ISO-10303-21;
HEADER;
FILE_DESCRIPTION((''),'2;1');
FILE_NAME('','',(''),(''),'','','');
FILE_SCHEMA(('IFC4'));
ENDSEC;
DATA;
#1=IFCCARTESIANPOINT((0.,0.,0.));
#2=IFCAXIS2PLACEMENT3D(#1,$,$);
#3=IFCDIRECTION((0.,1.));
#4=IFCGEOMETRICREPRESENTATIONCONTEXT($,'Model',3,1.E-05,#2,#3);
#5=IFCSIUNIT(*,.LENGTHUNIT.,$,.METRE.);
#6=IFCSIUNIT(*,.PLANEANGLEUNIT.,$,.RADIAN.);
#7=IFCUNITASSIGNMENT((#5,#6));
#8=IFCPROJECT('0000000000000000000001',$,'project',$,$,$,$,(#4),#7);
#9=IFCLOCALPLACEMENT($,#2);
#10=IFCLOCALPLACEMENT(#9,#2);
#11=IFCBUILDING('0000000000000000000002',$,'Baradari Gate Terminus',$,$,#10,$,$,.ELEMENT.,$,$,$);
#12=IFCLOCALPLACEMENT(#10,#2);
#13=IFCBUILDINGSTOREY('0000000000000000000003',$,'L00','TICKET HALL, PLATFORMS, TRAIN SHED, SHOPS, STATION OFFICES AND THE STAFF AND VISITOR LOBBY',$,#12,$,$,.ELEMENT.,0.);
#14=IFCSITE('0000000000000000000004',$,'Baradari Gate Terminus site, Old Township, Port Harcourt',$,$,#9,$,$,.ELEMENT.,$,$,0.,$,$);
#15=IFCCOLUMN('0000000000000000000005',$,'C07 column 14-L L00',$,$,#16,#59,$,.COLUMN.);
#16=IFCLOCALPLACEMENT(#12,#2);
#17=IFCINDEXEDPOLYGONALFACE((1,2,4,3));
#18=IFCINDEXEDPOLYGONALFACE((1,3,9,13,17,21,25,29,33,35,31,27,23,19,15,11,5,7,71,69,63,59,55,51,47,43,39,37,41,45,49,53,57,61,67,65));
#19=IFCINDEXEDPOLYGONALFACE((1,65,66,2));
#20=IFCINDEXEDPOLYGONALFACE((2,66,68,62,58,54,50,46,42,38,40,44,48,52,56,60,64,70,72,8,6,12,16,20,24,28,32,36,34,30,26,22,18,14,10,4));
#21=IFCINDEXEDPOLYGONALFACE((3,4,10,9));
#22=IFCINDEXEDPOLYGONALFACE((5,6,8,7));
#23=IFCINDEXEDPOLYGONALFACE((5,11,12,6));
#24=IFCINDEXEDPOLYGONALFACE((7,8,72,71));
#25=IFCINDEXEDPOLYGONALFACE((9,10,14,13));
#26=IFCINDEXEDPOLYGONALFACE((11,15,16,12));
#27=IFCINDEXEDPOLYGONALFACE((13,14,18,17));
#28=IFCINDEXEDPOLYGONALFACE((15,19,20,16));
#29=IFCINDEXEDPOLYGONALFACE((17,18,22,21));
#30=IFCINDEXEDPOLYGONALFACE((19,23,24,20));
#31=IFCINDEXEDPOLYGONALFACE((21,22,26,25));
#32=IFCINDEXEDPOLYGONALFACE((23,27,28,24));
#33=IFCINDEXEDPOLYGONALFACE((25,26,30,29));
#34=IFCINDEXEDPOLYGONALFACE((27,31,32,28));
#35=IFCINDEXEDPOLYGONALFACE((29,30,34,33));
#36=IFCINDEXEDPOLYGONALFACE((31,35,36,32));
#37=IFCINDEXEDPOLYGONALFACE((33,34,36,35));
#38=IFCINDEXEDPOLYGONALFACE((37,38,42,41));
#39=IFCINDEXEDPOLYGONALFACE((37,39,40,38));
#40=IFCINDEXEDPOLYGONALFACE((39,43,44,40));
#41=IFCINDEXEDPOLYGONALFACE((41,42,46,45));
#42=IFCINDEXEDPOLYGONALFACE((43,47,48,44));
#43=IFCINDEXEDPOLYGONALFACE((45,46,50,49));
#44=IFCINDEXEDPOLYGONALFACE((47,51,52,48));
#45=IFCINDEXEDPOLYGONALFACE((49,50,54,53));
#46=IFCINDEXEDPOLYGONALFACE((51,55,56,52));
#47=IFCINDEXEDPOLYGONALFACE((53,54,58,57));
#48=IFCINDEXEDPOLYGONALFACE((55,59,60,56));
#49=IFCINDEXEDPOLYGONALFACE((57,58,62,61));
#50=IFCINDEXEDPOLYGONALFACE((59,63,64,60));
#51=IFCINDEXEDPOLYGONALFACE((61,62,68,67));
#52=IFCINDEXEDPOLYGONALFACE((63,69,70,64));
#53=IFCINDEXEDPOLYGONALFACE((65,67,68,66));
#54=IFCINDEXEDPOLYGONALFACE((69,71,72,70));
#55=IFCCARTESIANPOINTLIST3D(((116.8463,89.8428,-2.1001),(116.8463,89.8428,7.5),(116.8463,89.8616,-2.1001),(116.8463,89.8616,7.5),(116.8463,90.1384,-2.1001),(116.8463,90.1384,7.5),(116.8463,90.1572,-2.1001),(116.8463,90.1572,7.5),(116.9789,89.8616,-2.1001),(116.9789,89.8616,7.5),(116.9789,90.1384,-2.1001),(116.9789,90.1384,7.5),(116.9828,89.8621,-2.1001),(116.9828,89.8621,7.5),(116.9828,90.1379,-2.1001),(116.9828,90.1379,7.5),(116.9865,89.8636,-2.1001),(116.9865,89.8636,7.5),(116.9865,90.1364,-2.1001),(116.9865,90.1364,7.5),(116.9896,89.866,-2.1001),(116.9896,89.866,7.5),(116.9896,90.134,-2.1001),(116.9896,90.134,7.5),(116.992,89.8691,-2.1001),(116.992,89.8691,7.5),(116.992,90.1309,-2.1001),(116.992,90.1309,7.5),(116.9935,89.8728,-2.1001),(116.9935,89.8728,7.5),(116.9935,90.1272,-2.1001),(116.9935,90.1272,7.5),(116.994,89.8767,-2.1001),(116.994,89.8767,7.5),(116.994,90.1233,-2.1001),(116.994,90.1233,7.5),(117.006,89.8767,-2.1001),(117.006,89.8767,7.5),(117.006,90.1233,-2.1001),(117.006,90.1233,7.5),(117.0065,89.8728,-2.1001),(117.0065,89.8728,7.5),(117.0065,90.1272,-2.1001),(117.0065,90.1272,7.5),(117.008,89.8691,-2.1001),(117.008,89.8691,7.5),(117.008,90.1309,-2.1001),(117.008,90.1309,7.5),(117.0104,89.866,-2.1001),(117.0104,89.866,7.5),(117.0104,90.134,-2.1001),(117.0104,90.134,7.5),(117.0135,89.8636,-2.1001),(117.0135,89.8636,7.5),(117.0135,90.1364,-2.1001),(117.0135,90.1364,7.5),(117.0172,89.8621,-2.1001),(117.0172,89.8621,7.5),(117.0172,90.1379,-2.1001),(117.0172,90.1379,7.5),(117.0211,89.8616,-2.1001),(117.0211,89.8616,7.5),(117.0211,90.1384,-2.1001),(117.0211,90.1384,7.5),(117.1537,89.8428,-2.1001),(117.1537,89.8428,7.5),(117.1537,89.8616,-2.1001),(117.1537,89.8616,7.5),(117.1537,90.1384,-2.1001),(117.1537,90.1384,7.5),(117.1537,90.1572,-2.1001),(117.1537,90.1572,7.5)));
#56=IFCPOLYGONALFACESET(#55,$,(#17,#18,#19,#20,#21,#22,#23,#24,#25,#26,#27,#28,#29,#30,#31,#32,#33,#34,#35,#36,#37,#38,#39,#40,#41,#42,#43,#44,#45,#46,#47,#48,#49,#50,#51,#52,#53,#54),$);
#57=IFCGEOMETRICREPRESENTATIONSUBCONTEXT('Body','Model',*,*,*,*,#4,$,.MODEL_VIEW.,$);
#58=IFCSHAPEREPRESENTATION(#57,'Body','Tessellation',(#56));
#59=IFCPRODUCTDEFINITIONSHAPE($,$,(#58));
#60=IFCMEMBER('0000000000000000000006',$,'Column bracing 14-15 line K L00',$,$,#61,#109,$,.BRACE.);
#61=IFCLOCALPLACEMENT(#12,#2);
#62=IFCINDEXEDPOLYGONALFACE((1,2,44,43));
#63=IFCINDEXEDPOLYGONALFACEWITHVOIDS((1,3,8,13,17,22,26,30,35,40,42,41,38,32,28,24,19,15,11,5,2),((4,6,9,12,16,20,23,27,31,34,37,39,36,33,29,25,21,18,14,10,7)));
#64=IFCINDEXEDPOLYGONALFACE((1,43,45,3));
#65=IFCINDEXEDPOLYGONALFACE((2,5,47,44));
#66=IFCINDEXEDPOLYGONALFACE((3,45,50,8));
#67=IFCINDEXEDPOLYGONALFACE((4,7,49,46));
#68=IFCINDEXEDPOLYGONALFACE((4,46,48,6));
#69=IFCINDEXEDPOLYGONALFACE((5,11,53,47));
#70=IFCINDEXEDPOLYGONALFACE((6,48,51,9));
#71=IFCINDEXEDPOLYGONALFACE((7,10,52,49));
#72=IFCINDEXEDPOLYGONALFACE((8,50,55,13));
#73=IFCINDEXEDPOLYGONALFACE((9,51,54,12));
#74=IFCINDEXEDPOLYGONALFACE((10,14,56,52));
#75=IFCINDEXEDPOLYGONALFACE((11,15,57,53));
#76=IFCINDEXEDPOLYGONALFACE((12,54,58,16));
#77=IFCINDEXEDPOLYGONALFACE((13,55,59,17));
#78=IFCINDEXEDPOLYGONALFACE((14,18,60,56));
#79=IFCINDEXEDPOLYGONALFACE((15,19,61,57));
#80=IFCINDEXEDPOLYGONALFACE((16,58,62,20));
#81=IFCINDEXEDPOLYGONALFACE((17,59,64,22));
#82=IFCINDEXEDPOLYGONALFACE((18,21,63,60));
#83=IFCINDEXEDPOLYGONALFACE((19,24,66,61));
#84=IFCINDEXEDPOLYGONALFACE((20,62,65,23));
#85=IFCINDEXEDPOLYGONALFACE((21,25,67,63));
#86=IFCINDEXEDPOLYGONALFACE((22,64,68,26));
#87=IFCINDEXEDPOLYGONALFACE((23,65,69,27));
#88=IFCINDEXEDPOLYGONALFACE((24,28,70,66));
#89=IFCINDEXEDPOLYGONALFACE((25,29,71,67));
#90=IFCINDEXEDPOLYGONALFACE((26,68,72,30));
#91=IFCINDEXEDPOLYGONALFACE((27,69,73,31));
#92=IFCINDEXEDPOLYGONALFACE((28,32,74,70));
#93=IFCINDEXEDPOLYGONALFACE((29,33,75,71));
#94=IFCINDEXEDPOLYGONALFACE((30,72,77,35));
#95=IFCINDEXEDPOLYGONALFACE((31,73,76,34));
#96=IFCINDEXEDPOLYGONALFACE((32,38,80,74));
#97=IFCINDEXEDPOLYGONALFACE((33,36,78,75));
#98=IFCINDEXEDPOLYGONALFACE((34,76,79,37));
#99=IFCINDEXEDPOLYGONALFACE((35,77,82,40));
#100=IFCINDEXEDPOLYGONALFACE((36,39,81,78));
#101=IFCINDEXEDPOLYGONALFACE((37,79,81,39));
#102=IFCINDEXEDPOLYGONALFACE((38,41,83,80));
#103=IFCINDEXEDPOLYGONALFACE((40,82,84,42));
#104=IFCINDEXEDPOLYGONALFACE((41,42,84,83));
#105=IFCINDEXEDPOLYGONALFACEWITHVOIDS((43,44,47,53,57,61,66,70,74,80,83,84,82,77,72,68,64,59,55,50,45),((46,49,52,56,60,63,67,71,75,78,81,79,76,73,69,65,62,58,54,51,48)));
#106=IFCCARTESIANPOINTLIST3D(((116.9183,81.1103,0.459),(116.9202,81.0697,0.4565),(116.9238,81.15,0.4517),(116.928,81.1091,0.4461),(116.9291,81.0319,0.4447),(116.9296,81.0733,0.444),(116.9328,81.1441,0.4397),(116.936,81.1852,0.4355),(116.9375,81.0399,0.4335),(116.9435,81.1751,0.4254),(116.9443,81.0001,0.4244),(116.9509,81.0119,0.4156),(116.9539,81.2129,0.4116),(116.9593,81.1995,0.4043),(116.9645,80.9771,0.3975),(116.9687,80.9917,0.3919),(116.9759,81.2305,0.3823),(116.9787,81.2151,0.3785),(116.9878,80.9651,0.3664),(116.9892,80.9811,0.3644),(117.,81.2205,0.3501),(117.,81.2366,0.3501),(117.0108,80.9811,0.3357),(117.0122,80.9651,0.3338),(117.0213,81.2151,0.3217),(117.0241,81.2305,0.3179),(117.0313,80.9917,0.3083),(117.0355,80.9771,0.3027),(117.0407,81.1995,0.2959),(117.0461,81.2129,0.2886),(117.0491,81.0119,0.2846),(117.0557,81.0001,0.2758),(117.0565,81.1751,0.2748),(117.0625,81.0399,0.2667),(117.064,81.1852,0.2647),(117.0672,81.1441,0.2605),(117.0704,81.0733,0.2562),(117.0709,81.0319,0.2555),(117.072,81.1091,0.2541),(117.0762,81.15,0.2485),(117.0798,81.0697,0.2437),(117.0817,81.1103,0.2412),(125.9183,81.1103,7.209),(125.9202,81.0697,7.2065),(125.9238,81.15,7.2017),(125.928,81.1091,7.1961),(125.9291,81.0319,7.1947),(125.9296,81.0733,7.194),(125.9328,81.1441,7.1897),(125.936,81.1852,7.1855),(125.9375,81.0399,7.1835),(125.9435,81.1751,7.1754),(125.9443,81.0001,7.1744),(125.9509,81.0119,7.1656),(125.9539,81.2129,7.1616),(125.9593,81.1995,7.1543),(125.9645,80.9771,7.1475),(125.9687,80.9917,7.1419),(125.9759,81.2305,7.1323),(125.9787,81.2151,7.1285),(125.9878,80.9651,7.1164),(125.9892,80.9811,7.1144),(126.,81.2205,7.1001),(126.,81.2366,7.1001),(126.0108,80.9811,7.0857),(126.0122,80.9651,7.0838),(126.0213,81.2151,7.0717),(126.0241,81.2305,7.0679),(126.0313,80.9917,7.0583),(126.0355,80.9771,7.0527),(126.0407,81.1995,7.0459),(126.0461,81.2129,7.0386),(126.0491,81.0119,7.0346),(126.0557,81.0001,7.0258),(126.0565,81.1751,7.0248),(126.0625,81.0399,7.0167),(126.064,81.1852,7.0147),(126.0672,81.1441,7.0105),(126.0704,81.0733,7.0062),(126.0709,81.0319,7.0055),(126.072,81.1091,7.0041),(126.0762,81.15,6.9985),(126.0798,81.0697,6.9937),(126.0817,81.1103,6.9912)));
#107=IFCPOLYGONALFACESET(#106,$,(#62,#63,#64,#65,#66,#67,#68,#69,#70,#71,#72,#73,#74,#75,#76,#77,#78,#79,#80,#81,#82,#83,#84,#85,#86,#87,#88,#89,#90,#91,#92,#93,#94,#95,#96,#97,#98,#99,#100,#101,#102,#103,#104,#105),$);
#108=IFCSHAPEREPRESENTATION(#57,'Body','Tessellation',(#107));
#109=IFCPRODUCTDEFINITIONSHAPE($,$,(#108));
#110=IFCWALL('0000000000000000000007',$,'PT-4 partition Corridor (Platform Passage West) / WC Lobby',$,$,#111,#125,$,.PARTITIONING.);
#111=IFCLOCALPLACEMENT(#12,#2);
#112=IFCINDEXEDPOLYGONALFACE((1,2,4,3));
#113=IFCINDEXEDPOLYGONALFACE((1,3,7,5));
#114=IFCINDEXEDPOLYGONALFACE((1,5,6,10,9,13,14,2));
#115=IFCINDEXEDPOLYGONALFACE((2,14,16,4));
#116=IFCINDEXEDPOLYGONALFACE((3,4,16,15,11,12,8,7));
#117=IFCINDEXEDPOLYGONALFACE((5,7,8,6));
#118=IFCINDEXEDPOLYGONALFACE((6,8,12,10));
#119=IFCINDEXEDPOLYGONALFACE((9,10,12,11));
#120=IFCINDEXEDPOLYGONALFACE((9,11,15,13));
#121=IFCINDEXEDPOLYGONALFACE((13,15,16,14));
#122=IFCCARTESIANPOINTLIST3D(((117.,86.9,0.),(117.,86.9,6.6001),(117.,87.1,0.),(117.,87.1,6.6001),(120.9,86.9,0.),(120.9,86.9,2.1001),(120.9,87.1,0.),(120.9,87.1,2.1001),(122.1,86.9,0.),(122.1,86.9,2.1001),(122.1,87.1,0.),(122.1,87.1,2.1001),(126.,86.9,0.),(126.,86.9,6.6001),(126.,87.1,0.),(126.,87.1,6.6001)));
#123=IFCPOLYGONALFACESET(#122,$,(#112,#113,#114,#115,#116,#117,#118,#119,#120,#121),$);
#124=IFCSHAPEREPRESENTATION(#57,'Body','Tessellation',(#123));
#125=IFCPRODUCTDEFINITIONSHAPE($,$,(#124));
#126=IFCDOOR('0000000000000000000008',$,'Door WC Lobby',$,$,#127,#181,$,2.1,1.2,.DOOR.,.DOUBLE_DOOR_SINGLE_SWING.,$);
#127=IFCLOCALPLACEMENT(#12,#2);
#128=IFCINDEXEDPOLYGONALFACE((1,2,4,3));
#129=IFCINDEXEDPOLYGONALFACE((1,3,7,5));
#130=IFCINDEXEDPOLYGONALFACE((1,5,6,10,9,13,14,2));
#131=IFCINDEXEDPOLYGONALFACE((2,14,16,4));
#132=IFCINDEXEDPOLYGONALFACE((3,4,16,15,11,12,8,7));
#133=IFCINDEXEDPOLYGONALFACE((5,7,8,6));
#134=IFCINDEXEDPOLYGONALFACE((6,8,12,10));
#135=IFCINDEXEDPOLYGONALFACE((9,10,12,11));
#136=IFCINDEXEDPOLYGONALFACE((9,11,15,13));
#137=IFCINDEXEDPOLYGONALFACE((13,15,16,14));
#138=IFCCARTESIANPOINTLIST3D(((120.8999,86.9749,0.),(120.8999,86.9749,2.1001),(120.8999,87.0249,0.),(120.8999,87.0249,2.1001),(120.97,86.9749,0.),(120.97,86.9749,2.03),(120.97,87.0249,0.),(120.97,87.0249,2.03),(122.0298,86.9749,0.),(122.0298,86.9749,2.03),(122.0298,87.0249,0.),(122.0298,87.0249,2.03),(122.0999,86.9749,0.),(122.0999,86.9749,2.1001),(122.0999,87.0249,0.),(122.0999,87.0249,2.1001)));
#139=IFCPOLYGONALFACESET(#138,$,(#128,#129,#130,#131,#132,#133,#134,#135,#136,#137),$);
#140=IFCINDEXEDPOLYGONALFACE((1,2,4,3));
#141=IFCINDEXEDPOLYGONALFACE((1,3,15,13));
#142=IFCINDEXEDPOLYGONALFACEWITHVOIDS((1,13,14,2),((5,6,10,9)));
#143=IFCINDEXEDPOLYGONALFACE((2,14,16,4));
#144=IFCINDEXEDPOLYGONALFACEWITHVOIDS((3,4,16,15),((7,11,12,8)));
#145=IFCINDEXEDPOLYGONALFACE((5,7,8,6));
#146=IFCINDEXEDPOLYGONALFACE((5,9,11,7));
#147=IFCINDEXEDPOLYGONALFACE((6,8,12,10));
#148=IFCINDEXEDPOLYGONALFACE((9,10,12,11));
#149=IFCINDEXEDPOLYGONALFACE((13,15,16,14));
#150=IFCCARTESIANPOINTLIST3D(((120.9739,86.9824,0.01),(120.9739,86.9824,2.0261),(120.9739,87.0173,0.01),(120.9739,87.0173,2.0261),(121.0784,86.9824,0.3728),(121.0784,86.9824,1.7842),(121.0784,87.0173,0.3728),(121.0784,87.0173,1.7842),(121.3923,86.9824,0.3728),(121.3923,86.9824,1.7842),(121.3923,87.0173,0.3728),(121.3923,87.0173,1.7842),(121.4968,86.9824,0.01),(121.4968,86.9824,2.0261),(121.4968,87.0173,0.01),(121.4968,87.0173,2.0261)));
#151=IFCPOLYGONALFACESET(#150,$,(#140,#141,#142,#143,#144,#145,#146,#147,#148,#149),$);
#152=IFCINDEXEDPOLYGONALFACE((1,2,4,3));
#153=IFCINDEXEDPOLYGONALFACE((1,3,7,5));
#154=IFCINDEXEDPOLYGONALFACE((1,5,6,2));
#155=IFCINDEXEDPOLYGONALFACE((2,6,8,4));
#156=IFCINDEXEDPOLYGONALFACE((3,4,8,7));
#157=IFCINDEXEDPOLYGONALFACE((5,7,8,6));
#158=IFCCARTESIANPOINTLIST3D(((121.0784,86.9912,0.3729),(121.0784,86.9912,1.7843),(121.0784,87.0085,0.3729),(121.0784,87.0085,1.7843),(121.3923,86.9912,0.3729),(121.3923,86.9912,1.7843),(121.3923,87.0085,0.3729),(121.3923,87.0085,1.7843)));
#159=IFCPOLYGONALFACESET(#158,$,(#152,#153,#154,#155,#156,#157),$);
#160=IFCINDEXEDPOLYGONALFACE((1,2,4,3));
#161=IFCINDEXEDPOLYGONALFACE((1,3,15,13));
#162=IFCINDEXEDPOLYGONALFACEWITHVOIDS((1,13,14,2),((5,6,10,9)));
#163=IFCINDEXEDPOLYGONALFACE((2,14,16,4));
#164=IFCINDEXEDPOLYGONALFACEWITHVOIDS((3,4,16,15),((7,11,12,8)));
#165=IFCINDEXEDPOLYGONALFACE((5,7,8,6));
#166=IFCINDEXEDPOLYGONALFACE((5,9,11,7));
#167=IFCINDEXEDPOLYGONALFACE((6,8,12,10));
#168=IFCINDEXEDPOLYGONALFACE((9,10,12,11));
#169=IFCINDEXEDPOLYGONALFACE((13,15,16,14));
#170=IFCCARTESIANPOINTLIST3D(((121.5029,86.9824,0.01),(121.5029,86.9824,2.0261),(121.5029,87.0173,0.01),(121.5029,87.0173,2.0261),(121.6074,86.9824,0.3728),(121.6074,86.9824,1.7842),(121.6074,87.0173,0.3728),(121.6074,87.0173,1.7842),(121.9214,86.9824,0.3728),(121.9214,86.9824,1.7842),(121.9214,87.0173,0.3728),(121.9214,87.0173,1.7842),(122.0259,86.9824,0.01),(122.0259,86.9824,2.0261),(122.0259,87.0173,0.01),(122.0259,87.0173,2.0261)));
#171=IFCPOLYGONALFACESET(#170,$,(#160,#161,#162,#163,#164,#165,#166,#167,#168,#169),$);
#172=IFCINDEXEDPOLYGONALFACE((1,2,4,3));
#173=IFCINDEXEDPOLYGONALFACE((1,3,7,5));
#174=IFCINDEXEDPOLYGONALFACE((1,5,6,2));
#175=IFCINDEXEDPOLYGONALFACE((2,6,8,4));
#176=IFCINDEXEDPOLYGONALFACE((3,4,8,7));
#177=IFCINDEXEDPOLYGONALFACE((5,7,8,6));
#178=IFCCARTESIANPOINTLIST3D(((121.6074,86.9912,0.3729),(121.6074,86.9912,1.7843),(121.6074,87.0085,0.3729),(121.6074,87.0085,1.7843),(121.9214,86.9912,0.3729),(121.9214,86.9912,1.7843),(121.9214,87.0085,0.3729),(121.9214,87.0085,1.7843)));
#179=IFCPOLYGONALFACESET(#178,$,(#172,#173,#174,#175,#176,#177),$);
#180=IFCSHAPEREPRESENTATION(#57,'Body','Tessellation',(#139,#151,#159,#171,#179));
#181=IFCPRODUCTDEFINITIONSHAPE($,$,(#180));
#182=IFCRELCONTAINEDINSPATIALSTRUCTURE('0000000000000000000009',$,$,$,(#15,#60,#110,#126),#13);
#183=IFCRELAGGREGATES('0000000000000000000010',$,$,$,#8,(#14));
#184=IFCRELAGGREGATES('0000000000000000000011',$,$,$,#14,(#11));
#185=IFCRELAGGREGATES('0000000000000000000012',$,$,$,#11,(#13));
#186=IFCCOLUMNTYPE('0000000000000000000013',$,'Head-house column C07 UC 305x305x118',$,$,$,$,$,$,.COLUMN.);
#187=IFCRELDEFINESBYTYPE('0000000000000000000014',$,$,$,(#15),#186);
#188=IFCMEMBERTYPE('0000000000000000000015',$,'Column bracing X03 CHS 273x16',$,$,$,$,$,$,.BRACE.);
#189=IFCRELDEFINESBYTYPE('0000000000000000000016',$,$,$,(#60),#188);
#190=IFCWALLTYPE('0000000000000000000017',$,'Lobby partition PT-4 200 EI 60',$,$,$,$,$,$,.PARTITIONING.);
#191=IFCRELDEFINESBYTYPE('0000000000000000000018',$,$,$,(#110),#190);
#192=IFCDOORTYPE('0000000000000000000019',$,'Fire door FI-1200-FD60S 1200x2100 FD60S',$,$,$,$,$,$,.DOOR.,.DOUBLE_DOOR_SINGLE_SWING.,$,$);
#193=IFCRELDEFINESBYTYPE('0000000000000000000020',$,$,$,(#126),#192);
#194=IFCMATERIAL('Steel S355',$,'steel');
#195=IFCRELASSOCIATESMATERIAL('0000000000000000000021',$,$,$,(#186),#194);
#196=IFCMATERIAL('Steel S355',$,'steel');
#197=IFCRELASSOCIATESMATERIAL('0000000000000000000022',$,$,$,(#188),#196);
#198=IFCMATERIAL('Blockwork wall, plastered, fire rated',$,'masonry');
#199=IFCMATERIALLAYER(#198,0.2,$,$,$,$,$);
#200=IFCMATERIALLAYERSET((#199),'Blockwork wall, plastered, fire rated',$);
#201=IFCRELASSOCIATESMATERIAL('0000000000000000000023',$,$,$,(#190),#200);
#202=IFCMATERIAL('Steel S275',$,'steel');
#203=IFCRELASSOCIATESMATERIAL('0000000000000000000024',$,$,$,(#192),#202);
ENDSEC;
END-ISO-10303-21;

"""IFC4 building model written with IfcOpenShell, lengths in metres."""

from ifc_helpers import new_model, si_unit, direction, frame, frame_2d, origin, origin_2d, place, context, subcontext, project, spatial, polyline, rectangle, hollow_circle, i_section, outline, extrude, material, layer, layer_set, material_profile, profile_set, type_object, element, fill, save


model = new_model("IFC4")

# Units and contexts
model_context = context("Model", 3, precision=1e-05, world=origin(), true_north=direction((0.0, 1.0)))
body_context = subcontext(model_context, "Body", "Model", "MODEL_VIEW")
ifc_project = project(units=[si_unit("LENGTHUNIT", "METRE"), si_unit("PLANEANGLEUNIT", "RADIAN")], contexts=[model_context])

# Site, building, storey
site_placement = place(None, origin())
site = spatial("IfcSite", under=ifc_project, at=site_placement, Name="Baradari Gate Terminus site, Old Township, Port Harcourt", CompositionType="ELEMENT", RefElevation=0.0)
building_placement = place(site_placement, origin())
building = spatial("IfcBuilding", under=site, at=building_placement, Name="Baradari Gate Terminus", CompositionType="ELEMENT")
storey_placement = place(building_placement, origin())
storey = spatial("IfcBuildingStorey", under=building, at=storey_placement, Name="L00", Description="TICKET HALL, PLATFORMS, TRAIN SHED, SHOPS, STATION OFFICES AND THE STAFF AND VISITOR LOBBY", CompositionType="ELEMENT", Elevation=0.0)

# Column
ifc_material_1 = material(Name="Steel S355", Category="steel")
ifc_material_profile_1 = material_profile(ifc_material_1, i_section(OverallWidth=0.3074, OverallDepth=0.3145, WebThickness=0.012, FlangeThickness=0.0188, FilletRadius=0.0151, at=origin_2d()), Name="UC 305x305x118")
ifc_profile_set_1 = profile_set([ifc_material_profile_1], Name="Steel S355")
column_type = type_object("IfcColumnType", Name="Head-house column C07 UC 305x305x118", PredefinedType="COLUMN", material=ifc_profile_set_1)
column_placement = place(storey_placement, frame((117.0, 90.0, -2.1001), z_axis=(0.0, 0.0, 1.0), x_axis=(1.0, 0.0, 0.0)))
element("IfcColumn", 1, at=column_placement, inside=storey, type_object=column_type, Name="C07 column 14-L L00", PredefinedType="COLUMN", context=body_context, shape_type="SweptSolid", body=[
    extrude(i_section(OverallWidth=0.3074, OverallDepth=0.3145, WebThickness=0.012, FlangeThickness=0.0188, FilletRadius=0.0151, at=origin_2d()), origin(), (0.0, 0.0, 1.0), 9.6001),
])

# Member
ifc_material_2 = material(Name="Steel S355", Category="steel")
ifc_material_profile_2 = material_profile(ifc_material_2, hollow_circle(Radius=0.1365, WallThickness=0.0161, at=origin_2d()), Name="CHS 273x16")
ifc_profile_set_2 = profile_set([ifc_material_profile_2], Name="Steel S355")
member_type = type_object("IfcMemberType", Name="Column bracing X03 CHS 273x16", PredefinedType="BRACE", material=ifc_profile_set_2)
member_placement = place(storey_placement, frame((117.0, 81.1001, 0.3501), z_axis=(0.8, 0.0, 0.6), x_axis=(0.0, 1.0, 0.0)))
element("IfcMember", 2, at=member_placement, inside=storey, type_object=member_type, Name="Column bracing 14-15 line K L00", PredefinedType="BRACE", context=body_context, shape_type="SweptSolid", body=[
    extrude(hollow_circle(Radius=0.1365, WallThickness=0.0161, at=origin_2d()), origin(), (0.0, 0.0, 1.0), 11.25),
])

# Wall, opening, door
ifc_material_3 = material(Name="Blockwork wall, plastered, fire rated", Category="masonry")
ifc_layer_1 = layer(ifc_material_3, 0.2)
ifc_layer_set_1 = layer_set([ifc_layer_1], Name="Blockwork wall, plastered, fire rated")
wall_type_1 = type_object("IfcWallType", Name="Lobby partition PT-4 200 EI 60", PredefinedType="PARTITIONING", material=ifc_layer_set_1)
wall_1_placement = place(storey_placement, frame((117.0, 87.0, 0.0), z_axis=(0.0, 0.0, 1.0), x_axis=(1.0, 0.0, 0.0)))
wall_1 = element("IfcWall", 3, at=wall_1_placement, inside=storey, type_object=wall_type_1, Name="PT-4 partition Corridor (Platform Passage West) / WC Lobby", PredefinedType="PARTITIONING", context=body_context, shape_type="SweptSolid", body=[
    extrude(rectangle(XDim=9.0, YDim=0.2, at=frame_2d((4.5, 0.0))), origin(), (0.0, 0.0, 1.0), 6.6001),
])
opening_1_placement = place(wall_1_placement, frame((3.8999, 0.0, 0.0)))
opening_1 = element("IfcOpeningElement", 4, at=opening_1_placement, cuts=wall_1, PredefinedType="OPENING", context=body_context, shape_type="SweptSolid", body=[
    extrude(rectangle(XDim=1.2, YDim=2.1001, at=frame_2d((0.6001, 1.05))), frame((0.0, 0.1099, 0.0), z_axis=(0.0, -1.0, 0.0), x_axis=(1.0, 0.0, 0.0)), (0.0, 0.0, 1.0), 0.22),
])
ifc_material_4 = material(Name="Steel S275", Category="steel")
door_type_1 = type_object("IfcDoorType", Name="Fire door FI-1200-FD60S 1200x2100 FD60S", OperationType="DOUBLE_DOOR_SINGLE_SWING", PredefinedType="DOOR", material=ifc_material_4)
door_1_placement = place(opening_1_placement, origin())
door_1 = element("IfcDoor", 5, at=door_1_placement, inside=storey, type_object=door_type_1, Name="Door WC Lobby", OperationType="DOUBLE_DOOR_SINGLE_SWING", OverallHeight=2.1, OverallWidth=1.2, PredefinedType="DOOR", context=body_context, shape_type="SweptSolid", body=[
    extrude(outline(polyline([(0.0, 0.0), (0.0701, 0.0), (0.0701, 2.03), (1.1299, 2.03), (1.1299, 0.0), (1.2, 0.0), (1.2, 2.1001), (0.0, 2.1001), (0.0, 0.0)])), frame((0.0, 0.0249, 0.0), z_axis=(0.0, -1.0, 0.0), x_axis=(1.0, 0.0, 0.0)), (0.0, 0.0, 1.0), 0.05),
    extrude(outline(polyline([(0.074, 0.01), (0.5969, 0.01), (0.5969, 2.0261), (0.074, 2.0261), (0.074, 0.01)]), holes=[polyline([(0.1785, 0.3728), (0.4924, 0.3728), (0.4924, 1.7842), (0.1785, 1.7842), (0.1785, 0.3728)])]), frame((0.0, 0.0173, 0.0), z_axis=(0.0, -1.0, 0.0), x_axis=(1.0, 0.0, 0.0)), (0.0, 0.0, 1.0), 0.0349),
    extrude(rectangle(XDim=0.314, YDim=1.4114, at=frame_2d((0.3354, 1.0786))), frame((0.0, 0.0085, 0.0), z_axis=(0.0, -1.0, 0.0), x_axis=(1.0, 0.0, 0.0)), (0.0, 0.0, 1.0), 0.0173),
    extrude(outline(polyline([(0.603, 0.01), (1.126, 0.01), (1.126, 2.0261), (0.603, 2.0261), (0.603, 0.01)]), holes=[polyline([(0.7075, 0.3728), (1.0215, 0.3728), (1.0215, 1.7842), (0.7075, 1.7842), (0.7075, 0.3728)])]), frame((0.0, 0.0173, 0.0), z_axis=(0.0, -1.0, 0.0), x_axis=(1.0, 0.0, 0.0)), (0.0, 0.0, 1.0), 0.0349),
    extrude(rectangle(XDim=0.314, YDim=1.4114, at=frame_2d((0.8645, 1.0786))), frame((0.0, 0.0085, 0.0), z_axis=(0.0, -1.0, 0.0), x_axis=(1.0, 0.0, 0.0)), (0.0, 0.0, 1.0), 0.0173),
])
fill(opening_1, door_1)

save(model, "model.ifc")
